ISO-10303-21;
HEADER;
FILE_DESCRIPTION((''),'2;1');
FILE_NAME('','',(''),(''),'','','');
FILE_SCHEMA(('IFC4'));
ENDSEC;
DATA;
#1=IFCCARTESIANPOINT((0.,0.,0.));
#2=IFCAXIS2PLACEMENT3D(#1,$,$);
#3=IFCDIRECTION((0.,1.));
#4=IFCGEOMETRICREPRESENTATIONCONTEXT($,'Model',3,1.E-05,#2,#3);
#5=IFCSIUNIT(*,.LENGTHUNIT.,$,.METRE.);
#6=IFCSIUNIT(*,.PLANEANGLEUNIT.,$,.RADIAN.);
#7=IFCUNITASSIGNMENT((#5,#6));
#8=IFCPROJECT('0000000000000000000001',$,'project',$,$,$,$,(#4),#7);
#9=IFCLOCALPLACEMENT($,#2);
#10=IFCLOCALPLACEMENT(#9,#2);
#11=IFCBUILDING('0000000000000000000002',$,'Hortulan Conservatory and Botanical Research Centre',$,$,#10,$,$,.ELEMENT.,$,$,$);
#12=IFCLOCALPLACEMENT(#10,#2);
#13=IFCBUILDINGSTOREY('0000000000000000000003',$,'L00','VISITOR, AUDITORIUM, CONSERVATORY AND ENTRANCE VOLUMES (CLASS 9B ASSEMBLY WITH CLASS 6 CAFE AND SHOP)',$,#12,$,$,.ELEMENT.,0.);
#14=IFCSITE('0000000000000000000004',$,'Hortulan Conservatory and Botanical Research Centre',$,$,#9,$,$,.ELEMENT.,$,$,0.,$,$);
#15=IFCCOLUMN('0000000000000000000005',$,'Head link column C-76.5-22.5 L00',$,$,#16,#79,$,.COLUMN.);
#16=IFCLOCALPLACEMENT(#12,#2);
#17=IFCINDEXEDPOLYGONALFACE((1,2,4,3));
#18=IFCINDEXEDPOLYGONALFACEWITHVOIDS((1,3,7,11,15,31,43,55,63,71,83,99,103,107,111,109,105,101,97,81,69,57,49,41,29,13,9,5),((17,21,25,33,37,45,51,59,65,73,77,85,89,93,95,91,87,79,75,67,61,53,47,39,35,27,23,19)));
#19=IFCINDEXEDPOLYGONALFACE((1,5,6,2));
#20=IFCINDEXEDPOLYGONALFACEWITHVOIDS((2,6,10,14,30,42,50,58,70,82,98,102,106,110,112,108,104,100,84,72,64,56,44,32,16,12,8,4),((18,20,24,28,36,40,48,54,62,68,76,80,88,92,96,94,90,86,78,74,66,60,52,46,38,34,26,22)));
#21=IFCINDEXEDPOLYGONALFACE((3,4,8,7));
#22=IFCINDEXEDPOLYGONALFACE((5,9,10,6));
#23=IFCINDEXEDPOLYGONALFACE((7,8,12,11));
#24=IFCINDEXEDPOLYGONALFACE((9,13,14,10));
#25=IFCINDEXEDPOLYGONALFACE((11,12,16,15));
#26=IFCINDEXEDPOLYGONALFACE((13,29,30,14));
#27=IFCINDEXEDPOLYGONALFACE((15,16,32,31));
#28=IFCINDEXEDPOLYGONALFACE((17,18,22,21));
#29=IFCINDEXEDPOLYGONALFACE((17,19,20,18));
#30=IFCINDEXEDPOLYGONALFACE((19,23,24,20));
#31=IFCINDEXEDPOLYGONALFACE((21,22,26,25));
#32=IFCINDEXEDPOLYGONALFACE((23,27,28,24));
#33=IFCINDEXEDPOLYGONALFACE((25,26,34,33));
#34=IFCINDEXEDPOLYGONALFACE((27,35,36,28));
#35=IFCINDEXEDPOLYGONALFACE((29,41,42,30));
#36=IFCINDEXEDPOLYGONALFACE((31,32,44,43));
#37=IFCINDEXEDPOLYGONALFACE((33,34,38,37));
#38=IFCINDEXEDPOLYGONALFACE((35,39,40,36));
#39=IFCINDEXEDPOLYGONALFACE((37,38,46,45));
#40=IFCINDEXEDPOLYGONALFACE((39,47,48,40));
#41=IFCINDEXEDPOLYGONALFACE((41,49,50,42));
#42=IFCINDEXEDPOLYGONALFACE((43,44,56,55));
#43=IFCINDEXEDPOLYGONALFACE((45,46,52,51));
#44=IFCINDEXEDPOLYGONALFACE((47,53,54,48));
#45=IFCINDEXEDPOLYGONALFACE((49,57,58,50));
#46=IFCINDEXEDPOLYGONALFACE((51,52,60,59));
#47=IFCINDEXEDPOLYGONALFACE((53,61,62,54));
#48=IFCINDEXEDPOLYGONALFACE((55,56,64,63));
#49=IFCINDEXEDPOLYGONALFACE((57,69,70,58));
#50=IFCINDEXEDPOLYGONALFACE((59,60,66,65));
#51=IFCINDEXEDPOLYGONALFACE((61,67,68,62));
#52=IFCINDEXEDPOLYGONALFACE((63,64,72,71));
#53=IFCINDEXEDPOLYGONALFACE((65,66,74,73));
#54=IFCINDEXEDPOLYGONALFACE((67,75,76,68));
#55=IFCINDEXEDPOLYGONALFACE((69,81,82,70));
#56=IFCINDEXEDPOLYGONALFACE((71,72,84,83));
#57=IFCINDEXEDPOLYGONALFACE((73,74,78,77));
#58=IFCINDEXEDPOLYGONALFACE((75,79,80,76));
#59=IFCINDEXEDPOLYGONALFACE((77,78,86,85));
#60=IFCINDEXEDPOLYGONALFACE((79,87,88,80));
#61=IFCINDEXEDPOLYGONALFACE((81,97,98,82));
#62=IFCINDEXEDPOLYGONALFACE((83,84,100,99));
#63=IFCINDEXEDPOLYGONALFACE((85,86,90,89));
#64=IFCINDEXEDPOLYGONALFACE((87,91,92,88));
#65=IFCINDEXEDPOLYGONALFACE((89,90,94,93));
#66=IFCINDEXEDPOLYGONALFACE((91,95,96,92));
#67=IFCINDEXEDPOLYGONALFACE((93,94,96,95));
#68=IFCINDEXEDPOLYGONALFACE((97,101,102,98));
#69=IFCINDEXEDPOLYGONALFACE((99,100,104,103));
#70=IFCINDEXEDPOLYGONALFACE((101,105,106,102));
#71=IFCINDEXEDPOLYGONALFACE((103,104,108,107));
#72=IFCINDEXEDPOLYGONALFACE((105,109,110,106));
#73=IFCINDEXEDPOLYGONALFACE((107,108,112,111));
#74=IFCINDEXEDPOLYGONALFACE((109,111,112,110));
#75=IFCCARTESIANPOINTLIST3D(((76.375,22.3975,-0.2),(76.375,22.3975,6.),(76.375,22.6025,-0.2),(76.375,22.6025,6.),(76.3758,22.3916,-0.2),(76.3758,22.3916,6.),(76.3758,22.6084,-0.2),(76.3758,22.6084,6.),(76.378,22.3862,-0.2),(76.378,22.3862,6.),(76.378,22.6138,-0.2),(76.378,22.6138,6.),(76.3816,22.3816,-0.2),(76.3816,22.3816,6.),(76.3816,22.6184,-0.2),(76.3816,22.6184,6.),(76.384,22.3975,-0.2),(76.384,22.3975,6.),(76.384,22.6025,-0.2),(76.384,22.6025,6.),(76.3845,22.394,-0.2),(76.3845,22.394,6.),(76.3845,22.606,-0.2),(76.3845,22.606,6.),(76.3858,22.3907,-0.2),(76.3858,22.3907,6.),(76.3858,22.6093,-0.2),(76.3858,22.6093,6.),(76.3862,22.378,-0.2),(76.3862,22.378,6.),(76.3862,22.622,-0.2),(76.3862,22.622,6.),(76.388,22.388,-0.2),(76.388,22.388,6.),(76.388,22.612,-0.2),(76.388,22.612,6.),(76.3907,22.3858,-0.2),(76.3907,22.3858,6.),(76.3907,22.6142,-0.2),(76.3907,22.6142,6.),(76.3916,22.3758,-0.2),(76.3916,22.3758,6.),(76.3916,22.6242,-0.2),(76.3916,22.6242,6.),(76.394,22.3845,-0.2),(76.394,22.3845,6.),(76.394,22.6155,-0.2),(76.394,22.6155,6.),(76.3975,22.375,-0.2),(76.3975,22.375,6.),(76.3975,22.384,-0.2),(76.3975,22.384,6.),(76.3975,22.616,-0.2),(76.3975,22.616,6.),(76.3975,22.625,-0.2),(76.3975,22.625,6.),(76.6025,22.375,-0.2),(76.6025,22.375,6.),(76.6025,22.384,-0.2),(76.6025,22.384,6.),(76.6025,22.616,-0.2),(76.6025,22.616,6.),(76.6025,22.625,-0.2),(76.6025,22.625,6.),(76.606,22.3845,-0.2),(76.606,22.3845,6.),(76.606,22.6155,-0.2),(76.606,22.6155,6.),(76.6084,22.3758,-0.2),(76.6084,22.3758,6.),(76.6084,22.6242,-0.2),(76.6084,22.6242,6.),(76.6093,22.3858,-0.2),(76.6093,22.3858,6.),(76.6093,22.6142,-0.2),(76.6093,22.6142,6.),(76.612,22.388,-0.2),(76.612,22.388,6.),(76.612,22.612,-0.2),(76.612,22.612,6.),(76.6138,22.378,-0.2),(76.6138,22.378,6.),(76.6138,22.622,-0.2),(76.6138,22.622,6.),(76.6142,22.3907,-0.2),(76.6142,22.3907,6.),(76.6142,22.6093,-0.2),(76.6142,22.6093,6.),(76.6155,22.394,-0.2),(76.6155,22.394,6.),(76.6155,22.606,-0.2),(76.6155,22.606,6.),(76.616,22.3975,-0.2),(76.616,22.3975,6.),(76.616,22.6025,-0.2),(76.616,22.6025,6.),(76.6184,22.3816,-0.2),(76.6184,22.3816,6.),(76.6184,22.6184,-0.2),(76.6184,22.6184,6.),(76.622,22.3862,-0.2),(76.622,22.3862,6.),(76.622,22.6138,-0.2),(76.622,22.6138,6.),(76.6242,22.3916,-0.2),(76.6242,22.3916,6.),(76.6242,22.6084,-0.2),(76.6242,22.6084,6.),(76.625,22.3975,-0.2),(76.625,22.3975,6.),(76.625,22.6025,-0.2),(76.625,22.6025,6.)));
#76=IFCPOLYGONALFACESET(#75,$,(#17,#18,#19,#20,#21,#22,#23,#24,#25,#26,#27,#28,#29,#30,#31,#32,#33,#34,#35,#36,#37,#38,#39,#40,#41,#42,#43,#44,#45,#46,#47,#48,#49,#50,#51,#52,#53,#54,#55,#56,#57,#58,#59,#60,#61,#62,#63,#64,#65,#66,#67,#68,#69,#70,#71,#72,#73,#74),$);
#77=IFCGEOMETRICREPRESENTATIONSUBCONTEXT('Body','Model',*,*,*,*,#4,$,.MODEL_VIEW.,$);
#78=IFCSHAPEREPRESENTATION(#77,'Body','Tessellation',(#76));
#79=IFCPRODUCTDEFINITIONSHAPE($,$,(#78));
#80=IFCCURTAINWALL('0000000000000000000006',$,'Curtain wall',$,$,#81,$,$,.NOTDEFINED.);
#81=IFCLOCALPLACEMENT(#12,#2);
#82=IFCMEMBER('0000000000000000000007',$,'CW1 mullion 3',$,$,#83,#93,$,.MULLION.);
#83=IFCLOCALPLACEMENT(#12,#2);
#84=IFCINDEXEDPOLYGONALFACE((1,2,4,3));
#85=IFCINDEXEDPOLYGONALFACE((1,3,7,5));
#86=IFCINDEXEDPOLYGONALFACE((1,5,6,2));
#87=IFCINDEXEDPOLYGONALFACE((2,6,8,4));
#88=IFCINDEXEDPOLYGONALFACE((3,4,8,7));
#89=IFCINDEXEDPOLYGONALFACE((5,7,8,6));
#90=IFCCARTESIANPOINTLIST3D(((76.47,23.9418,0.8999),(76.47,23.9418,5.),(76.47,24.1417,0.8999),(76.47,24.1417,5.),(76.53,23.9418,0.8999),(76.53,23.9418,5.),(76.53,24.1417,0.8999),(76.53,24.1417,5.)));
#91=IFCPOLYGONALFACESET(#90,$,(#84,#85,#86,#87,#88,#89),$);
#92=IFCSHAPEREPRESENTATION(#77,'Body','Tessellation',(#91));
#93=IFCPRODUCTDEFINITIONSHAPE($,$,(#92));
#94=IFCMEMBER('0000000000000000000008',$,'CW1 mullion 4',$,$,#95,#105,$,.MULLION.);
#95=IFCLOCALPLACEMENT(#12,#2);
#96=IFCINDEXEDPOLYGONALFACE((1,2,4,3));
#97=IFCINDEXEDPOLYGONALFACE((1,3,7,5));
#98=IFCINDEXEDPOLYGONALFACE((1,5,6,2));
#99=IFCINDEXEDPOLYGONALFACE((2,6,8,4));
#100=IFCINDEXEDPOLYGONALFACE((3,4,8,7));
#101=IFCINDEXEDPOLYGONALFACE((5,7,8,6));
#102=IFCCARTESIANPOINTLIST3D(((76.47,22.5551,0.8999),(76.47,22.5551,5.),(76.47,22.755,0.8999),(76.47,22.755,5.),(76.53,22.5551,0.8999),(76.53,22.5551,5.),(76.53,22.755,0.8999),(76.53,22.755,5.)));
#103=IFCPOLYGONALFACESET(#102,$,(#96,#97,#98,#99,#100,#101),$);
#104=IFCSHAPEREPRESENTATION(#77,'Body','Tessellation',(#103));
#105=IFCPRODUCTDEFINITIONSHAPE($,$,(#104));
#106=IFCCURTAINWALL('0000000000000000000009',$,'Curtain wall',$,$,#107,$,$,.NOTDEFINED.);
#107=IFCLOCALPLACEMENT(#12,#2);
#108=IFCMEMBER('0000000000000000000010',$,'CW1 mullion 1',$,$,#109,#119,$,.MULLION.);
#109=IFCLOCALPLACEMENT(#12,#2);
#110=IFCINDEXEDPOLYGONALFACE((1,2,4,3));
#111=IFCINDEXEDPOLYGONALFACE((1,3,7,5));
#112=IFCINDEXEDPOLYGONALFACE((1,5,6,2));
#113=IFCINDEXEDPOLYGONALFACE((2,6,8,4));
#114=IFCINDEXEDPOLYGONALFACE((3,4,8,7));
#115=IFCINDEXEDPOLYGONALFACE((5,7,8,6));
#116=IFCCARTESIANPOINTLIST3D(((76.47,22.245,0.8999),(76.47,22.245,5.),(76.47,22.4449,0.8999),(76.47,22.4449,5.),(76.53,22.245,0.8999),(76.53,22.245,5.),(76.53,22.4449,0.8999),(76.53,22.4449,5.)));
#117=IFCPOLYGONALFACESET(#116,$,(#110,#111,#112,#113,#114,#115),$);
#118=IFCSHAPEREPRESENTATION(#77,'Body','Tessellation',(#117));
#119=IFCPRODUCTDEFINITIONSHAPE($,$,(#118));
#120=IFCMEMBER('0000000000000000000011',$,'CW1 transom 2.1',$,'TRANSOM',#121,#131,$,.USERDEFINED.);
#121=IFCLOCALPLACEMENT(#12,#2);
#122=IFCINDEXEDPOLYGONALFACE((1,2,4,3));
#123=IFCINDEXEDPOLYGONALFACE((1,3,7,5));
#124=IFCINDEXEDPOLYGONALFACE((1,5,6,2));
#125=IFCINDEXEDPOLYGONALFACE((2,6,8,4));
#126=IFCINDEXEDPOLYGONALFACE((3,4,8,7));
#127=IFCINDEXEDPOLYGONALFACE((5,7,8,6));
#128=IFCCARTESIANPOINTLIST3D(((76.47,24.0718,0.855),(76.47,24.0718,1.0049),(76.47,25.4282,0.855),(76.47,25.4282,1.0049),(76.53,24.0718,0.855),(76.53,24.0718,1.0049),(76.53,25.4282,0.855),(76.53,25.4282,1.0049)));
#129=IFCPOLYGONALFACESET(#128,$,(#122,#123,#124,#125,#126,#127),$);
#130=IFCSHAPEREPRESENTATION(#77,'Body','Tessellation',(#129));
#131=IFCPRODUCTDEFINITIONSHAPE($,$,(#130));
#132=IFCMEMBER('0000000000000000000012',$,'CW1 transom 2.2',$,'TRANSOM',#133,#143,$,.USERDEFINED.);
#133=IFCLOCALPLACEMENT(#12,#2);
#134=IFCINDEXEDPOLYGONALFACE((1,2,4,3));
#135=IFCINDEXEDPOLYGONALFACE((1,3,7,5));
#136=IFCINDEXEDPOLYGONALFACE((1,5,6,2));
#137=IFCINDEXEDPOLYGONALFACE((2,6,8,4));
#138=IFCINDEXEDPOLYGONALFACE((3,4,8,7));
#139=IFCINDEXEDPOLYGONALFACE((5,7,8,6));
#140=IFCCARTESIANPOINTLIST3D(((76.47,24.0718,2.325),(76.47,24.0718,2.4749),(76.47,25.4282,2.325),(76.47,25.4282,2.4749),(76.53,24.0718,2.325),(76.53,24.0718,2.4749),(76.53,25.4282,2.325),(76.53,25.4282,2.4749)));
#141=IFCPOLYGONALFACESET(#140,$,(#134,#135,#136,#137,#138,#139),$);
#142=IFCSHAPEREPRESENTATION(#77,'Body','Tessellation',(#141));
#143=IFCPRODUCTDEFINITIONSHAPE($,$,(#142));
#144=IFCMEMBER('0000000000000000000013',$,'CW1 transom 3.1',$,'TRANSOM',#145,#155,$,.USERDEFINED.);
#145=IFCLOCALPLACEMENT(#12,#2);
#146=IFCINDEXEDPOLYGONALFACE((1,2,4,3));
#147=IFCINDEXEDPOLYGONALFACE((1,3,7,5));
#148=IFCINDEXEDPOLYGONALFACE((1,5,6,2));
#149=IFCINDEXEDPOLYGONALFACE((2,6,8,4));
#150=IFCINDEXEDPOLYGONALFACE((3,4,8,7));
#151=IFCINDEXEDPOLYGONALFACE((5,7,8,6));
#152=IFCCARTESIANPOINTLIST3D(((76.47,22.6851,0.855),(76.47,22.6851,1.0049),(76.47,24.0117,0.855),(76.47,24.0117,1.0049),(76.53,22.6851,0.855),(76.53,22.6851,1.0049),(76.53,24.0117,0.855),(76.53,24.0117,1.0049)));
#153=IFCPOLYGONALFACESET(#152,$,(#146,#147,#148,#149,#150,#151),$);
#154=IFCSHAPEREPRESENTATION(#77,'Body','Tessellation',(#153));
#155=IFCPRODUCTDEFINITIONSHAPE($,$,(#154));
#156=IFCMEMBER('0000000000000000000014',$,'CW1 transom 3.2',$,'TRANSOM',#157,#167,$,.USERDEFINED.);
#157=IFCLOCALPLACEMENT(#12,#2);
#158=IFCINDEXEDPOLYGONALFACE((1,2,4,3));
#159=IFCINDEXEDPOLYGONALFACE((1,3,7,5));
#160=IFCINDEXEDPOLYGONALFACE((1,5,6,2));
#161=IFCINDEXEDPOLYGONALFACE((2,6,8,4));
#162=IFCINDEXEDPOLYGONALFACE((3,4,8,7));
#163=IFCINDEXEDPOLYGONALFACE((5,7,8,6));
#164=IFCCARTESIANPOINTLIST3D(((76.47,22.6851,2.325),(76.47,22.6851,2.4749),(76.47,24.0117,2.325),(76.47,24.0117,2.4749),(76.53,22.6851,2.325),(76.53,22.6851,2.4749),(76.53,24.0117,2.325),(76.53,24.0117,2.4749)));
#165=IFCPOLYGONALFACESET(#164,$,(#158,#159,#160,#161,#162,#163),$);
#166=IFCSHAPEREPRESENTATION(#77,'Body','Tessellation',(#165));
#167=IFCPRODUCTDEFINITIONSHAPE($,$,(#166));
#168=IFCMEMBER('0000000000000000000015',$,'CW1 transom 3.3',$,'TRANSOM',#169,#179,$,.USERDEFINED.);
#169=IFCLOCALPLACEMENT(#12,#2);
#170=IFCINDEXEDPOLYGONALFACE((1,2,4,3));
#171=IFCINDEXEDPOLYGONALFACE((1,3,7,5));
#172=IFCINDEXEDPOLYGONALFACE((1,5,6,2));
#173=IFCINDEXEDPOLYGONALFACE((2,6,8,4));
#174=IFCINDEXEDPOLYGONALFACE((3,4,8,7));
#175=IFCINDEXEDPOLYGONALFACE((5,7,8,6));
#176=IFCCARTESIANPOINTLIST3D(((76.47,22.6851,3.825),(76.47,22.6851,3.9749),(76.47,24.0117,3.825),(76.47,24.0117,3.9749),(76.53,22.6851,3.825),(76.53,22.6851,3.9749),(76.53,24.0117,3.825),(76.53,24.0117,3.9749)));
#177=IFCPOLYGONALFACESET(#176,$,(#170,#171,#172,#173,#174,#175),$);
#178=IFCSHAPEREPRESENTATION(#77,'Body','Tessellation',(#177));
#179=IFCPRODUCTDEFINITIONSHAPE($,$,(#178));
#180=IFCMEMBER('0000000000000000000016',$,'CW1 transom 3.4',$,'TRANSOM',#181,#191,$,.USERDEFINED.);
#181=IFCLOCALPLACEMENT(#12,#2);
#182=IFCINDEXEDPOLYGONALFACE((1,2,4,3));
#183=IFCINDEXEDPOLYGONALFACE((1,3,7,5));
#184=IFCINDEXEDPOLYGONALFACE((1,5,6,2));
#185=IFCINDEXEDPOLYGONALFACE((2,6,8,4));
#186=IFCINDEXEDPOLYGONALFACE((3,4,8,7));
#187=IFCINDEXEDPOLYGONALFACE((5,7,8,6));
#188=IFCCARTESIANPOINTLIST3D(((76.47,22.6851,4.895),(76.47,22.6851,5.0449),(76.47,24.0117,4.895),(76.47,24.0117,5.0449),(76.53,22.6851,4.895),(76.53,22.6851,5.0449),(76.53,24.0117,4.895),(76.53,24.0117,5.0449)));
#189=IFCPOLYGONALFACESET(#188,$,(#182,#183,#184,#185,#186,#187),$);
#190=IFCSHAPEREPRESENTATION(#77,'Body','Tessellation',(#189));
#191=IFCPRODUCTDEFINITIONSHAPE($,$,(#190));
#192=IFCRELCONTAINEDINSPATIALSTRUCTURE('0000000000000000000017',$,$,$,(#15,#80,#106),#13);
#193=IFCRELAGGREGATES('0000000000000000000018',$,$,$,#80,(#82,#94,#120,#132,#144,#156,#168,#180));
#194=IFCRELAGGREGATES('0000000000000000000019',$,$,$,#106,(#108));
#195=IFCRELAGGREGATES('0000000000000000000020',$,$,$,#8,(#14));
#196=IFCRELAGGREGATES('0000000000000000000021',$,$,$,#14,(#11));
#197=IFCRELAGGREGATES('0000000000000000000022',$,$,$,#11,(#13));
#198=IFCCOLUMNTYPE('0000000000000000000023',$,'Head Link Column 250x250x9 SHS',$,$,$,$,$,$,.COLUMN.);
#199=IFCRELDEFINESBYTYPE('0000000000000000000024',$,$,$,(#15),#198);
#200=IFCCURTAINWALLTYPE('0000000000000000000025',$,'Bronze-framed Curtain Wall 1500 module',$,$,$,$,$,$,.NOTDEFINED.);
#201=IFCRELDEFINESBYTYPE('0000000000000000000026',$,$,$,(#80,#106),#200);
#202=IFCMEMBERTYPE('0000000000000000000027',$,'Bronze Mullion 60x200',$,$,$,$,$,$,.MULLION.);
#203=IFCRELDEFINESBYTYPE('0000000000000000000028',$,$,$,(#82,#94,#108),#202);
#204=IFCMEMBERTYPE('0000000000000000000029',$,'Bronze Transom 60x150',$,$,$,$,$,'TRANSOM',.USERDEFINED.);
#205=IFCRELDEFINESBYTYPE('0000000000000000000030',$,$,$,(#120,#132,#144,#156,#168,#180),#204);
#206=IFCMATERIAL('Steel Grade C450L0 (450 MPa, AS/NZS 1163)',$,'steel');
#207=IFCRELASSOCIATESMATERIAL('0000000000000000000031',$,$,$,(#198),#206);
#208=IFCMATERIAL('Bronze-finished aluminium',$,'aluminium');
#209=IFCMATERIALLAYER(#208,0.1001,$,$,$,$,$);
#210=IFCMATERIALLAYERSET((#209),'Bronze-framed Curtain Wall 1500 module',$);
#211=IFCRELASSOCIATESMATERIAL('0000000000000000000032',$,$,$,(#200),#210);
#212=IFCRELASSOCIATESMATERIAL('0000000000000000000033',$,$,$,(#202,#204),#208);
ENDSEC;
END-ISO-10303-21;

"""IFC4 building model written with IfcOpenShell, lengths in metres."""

from ifc_helpers import new_model, si_unit, direction, frame, origin, origin_2d, place, context, subcontext, project, spatial, rectangle, hollow_rectangle, extrude, material, layer, layer_set, material_profile, profile_set, type_object, element, aggregate, save


model = new_model("IFC4")

# Units and contexts
model_context = context("Model", 3, precision=1e-05, world=origin(), true_north=direction((0.0, 1.0)))
body_context = subcontext(model_context, "Body", "Model", "MODEL_VIEW")
ifc_project = project(units=[si_unit("LENGTHUNIT", "METRE"), si_unit("PLANEANGLEUNIT", "RADIAN")], contexts=[model_context])

# Site, building, storey
site_placement = place(None, origin())
site = spatial("IfcSite", under=ifc_project, at=site_placement, Name="Hortulan Conservatory and Botanical Research Centre", CompositionType="ELEMENT", RefElevation=0.0)
building_placement = place(site_placement, origin())
building = spatial("IfcBuilding", under=site, at=building_placement, Name="Hortulan Conservatory and Botanical Research Centre", CompositionType="ELEMENT")
storey_placement = place(building_placement, origin())
storey = spatial("IfcBuildingStorey", under=building, at=storey_placement, Name="L00", Description="VISITOR, AUDITORIUM, CONSERVATORY AND ENTRANCE VOLUMES (CLASS 9B ASSEMBLY WITH CLASS 6 CAFE AND SHOP)", CompositionType="ELEMENT", Elevation=0.0)

# Column
ifc_material_1 = material(Name="Steel Grade C450L0 (450 MPa, AS/NZS 1163)", Category="steel")
ifc_material_profile_1 = material_profile(ifc_material_1, hollow_rectangle(XDim=0.25, YDim=0.25, WallThickness=0.009, InnerFilletRadius=0.0134, OuterFilletRadius=0.0225, at=origin_2d()), Name="250x250x9SHS")
ifc_profile_set_1 = profile_set([ifc_material_profile_1], Name="Steel Grade C450L0 (450 MPa, AS/NZS 1163)")
column_type = type_object("IfcColumnType", Name="Head Link Column 250x250x9 SHS", PredefinedType="COLUMN", material=ifc_profile_set_1)
column_placement = place(storey_placement, frame((76.5, 22.5, -0.2), z_axis=(0.0, 0.0, 1.0), x_axis=(1.0, 0.0, 0.0)))
element("IfcColumn", 1, at=column_placement, inside=storey, type_object=column_type, Name="Head link column C-76.5-22.5 L00", PredefinedType="COLUMN", context=body_context, shape_type="SweptSolid", body=[
    extrude(hollow_rectangle(XDim=0.25, YDim=0.25, WallThickness=0.009, InnerFilletRadius=0.0134, OuterFilletRadius=0.0225, at=origin_2d()), origin(), (0.0, 0.0, 1.0), 6.2),
])

# Curtain wall, members
ifc_material_2 = material(Name="Bronze-finished aluminium", Category="aluminium")
ifc_layer_1 = layer(ifc_material_2, 0.1001)
ifc_layer_set_1 = layer_set([ifc_layer_1], Name="Bronze-framed Curtain Wall 1500 module")
curtain_wall_type = type_object("IfcCurtainWallType", Name="Bronze-framed Curtain Wall 1500 module", PredefinedType="NOTDEFINED", material=ifc_layer_set_1)
curtain_wall_1_placement = place(storey_placement, origin())
curtain_wall_1 = element("IfcCurtainWall", 2, at=curtain_wall_1_placement, inside=storey, type_object=curtain_wall_type, Name="Curtain wall", PredefinedType="NOTDEFINED")
ifc_material_profile_2 = material_profile(ifc_material_2, rectangle(XDim=0.0601, YDim=0.2, at=origin_2d()), Name="Bronze Mullion 60x200")
ifc_profile_set_2 = profile_set([ifc_material_profile_2], Name="Bronze-finished aluminium")
member_type_1 = type_object("IfcMemberType", Name="Bronze Mullion 60x200", PredefinedType="MULLION", material=ifc_profile_set_2)
member_1_placement = place(storey_placement, frame((76.5, 24.0417, 0.8999), z_axis=(0.0, 0.0, 1.0), x_axis=(1.0, 0.0, 0.0)))
member_1 = element("IfcMember", 3, at=member_1_placement, type_object=member_type_1, Name="CW1 mullion 3", PredefinedType="MULLION", context=body_context, shape_type="SweptSolid", body=[
    extrude(rectangle(XDim=0.0601, YDim=0.2, at=origin_2d()), origin(), (0.0, 0.0, 1.0), 4.1001),
])
member_2_placement = place(storey_placement, frame((76.5, 22.655, 0.8999), z_axis=(0.0, 0.0, 1.0), x_axis=(1.0, 0.0, 0.0)))
member_2 = element("IfcMember", 4, at=member_2_placement, type_object=member_type_1, Name="CW1 mullion 4", PredefinedType="MULLION", context=body_context, shape_type="SweptSolid", body=[
    extrude(rectangle(XDim=0.0601, YDim=0.2, at=origin_2d()), origin(), (0.0, 0.0, 1.0), 4.1001),
])

# Curtain wall, member
curtain_wall_2_placement = place(storey_placement, origin())
curtain_wall_2 = element("IfcCurtainWall", 5, at=curtain_wall_2_placement, inside=storey, type_object=curtain_wall_type, Name="Curtain wall", PredefinedType="NOTDEFINED")
member_3_placement = place(storey_placement, frame((76.5, 22.345, 0.8999), z_axis=(0.0, 0.0, 1.0), x_axis=(1.0, 0.0, 0.0)))
member_3 = element("IfcMember", 6, at=member_3_placement, type_object=member_type_1, Name="CW1 mullion 1", PredefinedType="MULLION", context=body_context, shape_type="SweptSolid", body=[
    extrude(rectangle(XDim=0.0601, YDim=0.2, at=origin_2d()), origin(), (0.0, 0.0, 1.0), 4.1001),
])

# Members
ifc_material_profile_3 = material_profile(ifc_material_2, rectangle(XDim=0.0601, YDim=0.1499, at=origin_2d()), Name="Bronze Transom 60x150")
ifc_profile_set_3 = profile_set([ifc_material_profile_3], Name="Bronze-finished aluminium")
member_type_2 = type_object("IfcMemberType", Name="Bronze Transom 60x150", ElementType="TRANSOM", PredefinedType="USERDEFINED", material=ifc_profile_set_3)
member_4_placement = place(storey_placement, frame((76.5, 25.4282, 0.9299), z_axis=(0.0, -1.0, 0.0), x_axis=(1.0, 0.0, 0.0)))
member_4 = element("IfcMember", 7, at=member_4_placement, type_object=member_type_2, Name="CW1 transom 2.1", ObjectType="TRANSOM", PredefinedType="USERDEFINED", context=body_context, shape_type="SweptSolid", body=[
    extrude(rectangle(XDim=0.0601, YDim=0.1499, at=origin_2d()), origin(), (0.0, 0.0, 1.0), 1.3564),
])
member_5_placement = place(storey_placement, frame((76.5, 25.4282, 2.3999), z_axis=(0.0, -1.0, 0.0), x_axis=(1.0, 0.0, 0.0)))
member_5 = element("IfcMember", 8, at=member_5_placement, type_object=member_type_2, Name="CW1 transom 2.2", ObjectType="TRANSOM", PredefinedType="USERDEFINED", context=body_context, shape_type="SweptSolid", body=[
    extrude(rectangle(XDim=0.0601, YDim=0.1499, at=origin_2d()), origin(), (0.0, 0.0, 1.0), 1.3564),
])
member_6_placement = place(storey_placement, frame((76.5, 24.0117, 0.9299), z_axis=(0.0, -1.0, 0.0), x_axis=(1.0, 0.0, 0.0)))
member_6 = element("IfcMember", 9, at=member_6_placement, type_object=member_type_2, Name="CW1 transom 3.1", ObjectType="TRANSOM", PredefinedType="USERDEFINED", context=body_context, shape_type="SweptSolid", body=[
    extrude(rectangle(XDim=0.0601, YDim=0.1499, at=origin_2d()), origin(), (0.0, 0.0, 1.0), 1.3267),
])
member_7_placement = place(storey_placement, frame((76.5, 24.0117, 2.3999), z_axis=(0.0, -1.0, 0.0), x_axis=(1.0, 0.0, 0.0)))
member_7 = element("IfcMember", 10, at=member_7_placement, type_object=member_type_2, Name="CW1 transom 3.2", ObjectType="TRANSOM", PredefinedType="USERDEFINED", context=body_context, shape_type="SweptSolid", body=[
    extrude(rectangle(XDim=0.0601, YDim=0.1499, at=origin_2d()), origin(), (0.0, 0.0, 1.0), 1.3267),
])
member_8_placement = place(storey_placement, frame((76.5, 24.0117, 3.8999), z_axis=(0.0, -1.0, 0.0), x_axis=(1.0, 0.0, 0.0)))
member_8 = element("IfcMember", 11, at=member_8_placement, type_object=member_type_2, Name="CW1 transom 3.3", ObjectType="TRANSOM", PredefinedType="USERDEFINED", context=body_context, shape_type="SweptSolid", body=[
    extrude(rectangle(XDim=0.0601, YDim=0.1499, at=origin_2d()), origin(), (0.0, 0.0, 1.0), 1.3267),
])
member_9_placement = place(storey_placement, frame((76.5, 24.0117, 4.97), z_axis=(0.0, -1.0, 0.0), x_axis=(1.0, 0.0, 0.0)))
member_9 = element("IfcMember", 12, at=member_9_placement, type_object=member_type_2, Name="CW1 transom 3.4", ObjectType="TRANSOM", PredefinedType="USERDEFINED", context=body_context, shape_type="SweptSolid", body=[
    extrude(rectangle(XDim=0.0601, YDim=0.1499, at=origin_2d()), origin(), (0.0, 0.0, 1.0), 1.3267),
])

aggregate(curtain_wall_1, [member_1, member_2, member_4, member_5, member_6, member_7, member_8, member_9])
aggregate(curtain_wall_2, [member_3])

save(model, "model.ifc")
